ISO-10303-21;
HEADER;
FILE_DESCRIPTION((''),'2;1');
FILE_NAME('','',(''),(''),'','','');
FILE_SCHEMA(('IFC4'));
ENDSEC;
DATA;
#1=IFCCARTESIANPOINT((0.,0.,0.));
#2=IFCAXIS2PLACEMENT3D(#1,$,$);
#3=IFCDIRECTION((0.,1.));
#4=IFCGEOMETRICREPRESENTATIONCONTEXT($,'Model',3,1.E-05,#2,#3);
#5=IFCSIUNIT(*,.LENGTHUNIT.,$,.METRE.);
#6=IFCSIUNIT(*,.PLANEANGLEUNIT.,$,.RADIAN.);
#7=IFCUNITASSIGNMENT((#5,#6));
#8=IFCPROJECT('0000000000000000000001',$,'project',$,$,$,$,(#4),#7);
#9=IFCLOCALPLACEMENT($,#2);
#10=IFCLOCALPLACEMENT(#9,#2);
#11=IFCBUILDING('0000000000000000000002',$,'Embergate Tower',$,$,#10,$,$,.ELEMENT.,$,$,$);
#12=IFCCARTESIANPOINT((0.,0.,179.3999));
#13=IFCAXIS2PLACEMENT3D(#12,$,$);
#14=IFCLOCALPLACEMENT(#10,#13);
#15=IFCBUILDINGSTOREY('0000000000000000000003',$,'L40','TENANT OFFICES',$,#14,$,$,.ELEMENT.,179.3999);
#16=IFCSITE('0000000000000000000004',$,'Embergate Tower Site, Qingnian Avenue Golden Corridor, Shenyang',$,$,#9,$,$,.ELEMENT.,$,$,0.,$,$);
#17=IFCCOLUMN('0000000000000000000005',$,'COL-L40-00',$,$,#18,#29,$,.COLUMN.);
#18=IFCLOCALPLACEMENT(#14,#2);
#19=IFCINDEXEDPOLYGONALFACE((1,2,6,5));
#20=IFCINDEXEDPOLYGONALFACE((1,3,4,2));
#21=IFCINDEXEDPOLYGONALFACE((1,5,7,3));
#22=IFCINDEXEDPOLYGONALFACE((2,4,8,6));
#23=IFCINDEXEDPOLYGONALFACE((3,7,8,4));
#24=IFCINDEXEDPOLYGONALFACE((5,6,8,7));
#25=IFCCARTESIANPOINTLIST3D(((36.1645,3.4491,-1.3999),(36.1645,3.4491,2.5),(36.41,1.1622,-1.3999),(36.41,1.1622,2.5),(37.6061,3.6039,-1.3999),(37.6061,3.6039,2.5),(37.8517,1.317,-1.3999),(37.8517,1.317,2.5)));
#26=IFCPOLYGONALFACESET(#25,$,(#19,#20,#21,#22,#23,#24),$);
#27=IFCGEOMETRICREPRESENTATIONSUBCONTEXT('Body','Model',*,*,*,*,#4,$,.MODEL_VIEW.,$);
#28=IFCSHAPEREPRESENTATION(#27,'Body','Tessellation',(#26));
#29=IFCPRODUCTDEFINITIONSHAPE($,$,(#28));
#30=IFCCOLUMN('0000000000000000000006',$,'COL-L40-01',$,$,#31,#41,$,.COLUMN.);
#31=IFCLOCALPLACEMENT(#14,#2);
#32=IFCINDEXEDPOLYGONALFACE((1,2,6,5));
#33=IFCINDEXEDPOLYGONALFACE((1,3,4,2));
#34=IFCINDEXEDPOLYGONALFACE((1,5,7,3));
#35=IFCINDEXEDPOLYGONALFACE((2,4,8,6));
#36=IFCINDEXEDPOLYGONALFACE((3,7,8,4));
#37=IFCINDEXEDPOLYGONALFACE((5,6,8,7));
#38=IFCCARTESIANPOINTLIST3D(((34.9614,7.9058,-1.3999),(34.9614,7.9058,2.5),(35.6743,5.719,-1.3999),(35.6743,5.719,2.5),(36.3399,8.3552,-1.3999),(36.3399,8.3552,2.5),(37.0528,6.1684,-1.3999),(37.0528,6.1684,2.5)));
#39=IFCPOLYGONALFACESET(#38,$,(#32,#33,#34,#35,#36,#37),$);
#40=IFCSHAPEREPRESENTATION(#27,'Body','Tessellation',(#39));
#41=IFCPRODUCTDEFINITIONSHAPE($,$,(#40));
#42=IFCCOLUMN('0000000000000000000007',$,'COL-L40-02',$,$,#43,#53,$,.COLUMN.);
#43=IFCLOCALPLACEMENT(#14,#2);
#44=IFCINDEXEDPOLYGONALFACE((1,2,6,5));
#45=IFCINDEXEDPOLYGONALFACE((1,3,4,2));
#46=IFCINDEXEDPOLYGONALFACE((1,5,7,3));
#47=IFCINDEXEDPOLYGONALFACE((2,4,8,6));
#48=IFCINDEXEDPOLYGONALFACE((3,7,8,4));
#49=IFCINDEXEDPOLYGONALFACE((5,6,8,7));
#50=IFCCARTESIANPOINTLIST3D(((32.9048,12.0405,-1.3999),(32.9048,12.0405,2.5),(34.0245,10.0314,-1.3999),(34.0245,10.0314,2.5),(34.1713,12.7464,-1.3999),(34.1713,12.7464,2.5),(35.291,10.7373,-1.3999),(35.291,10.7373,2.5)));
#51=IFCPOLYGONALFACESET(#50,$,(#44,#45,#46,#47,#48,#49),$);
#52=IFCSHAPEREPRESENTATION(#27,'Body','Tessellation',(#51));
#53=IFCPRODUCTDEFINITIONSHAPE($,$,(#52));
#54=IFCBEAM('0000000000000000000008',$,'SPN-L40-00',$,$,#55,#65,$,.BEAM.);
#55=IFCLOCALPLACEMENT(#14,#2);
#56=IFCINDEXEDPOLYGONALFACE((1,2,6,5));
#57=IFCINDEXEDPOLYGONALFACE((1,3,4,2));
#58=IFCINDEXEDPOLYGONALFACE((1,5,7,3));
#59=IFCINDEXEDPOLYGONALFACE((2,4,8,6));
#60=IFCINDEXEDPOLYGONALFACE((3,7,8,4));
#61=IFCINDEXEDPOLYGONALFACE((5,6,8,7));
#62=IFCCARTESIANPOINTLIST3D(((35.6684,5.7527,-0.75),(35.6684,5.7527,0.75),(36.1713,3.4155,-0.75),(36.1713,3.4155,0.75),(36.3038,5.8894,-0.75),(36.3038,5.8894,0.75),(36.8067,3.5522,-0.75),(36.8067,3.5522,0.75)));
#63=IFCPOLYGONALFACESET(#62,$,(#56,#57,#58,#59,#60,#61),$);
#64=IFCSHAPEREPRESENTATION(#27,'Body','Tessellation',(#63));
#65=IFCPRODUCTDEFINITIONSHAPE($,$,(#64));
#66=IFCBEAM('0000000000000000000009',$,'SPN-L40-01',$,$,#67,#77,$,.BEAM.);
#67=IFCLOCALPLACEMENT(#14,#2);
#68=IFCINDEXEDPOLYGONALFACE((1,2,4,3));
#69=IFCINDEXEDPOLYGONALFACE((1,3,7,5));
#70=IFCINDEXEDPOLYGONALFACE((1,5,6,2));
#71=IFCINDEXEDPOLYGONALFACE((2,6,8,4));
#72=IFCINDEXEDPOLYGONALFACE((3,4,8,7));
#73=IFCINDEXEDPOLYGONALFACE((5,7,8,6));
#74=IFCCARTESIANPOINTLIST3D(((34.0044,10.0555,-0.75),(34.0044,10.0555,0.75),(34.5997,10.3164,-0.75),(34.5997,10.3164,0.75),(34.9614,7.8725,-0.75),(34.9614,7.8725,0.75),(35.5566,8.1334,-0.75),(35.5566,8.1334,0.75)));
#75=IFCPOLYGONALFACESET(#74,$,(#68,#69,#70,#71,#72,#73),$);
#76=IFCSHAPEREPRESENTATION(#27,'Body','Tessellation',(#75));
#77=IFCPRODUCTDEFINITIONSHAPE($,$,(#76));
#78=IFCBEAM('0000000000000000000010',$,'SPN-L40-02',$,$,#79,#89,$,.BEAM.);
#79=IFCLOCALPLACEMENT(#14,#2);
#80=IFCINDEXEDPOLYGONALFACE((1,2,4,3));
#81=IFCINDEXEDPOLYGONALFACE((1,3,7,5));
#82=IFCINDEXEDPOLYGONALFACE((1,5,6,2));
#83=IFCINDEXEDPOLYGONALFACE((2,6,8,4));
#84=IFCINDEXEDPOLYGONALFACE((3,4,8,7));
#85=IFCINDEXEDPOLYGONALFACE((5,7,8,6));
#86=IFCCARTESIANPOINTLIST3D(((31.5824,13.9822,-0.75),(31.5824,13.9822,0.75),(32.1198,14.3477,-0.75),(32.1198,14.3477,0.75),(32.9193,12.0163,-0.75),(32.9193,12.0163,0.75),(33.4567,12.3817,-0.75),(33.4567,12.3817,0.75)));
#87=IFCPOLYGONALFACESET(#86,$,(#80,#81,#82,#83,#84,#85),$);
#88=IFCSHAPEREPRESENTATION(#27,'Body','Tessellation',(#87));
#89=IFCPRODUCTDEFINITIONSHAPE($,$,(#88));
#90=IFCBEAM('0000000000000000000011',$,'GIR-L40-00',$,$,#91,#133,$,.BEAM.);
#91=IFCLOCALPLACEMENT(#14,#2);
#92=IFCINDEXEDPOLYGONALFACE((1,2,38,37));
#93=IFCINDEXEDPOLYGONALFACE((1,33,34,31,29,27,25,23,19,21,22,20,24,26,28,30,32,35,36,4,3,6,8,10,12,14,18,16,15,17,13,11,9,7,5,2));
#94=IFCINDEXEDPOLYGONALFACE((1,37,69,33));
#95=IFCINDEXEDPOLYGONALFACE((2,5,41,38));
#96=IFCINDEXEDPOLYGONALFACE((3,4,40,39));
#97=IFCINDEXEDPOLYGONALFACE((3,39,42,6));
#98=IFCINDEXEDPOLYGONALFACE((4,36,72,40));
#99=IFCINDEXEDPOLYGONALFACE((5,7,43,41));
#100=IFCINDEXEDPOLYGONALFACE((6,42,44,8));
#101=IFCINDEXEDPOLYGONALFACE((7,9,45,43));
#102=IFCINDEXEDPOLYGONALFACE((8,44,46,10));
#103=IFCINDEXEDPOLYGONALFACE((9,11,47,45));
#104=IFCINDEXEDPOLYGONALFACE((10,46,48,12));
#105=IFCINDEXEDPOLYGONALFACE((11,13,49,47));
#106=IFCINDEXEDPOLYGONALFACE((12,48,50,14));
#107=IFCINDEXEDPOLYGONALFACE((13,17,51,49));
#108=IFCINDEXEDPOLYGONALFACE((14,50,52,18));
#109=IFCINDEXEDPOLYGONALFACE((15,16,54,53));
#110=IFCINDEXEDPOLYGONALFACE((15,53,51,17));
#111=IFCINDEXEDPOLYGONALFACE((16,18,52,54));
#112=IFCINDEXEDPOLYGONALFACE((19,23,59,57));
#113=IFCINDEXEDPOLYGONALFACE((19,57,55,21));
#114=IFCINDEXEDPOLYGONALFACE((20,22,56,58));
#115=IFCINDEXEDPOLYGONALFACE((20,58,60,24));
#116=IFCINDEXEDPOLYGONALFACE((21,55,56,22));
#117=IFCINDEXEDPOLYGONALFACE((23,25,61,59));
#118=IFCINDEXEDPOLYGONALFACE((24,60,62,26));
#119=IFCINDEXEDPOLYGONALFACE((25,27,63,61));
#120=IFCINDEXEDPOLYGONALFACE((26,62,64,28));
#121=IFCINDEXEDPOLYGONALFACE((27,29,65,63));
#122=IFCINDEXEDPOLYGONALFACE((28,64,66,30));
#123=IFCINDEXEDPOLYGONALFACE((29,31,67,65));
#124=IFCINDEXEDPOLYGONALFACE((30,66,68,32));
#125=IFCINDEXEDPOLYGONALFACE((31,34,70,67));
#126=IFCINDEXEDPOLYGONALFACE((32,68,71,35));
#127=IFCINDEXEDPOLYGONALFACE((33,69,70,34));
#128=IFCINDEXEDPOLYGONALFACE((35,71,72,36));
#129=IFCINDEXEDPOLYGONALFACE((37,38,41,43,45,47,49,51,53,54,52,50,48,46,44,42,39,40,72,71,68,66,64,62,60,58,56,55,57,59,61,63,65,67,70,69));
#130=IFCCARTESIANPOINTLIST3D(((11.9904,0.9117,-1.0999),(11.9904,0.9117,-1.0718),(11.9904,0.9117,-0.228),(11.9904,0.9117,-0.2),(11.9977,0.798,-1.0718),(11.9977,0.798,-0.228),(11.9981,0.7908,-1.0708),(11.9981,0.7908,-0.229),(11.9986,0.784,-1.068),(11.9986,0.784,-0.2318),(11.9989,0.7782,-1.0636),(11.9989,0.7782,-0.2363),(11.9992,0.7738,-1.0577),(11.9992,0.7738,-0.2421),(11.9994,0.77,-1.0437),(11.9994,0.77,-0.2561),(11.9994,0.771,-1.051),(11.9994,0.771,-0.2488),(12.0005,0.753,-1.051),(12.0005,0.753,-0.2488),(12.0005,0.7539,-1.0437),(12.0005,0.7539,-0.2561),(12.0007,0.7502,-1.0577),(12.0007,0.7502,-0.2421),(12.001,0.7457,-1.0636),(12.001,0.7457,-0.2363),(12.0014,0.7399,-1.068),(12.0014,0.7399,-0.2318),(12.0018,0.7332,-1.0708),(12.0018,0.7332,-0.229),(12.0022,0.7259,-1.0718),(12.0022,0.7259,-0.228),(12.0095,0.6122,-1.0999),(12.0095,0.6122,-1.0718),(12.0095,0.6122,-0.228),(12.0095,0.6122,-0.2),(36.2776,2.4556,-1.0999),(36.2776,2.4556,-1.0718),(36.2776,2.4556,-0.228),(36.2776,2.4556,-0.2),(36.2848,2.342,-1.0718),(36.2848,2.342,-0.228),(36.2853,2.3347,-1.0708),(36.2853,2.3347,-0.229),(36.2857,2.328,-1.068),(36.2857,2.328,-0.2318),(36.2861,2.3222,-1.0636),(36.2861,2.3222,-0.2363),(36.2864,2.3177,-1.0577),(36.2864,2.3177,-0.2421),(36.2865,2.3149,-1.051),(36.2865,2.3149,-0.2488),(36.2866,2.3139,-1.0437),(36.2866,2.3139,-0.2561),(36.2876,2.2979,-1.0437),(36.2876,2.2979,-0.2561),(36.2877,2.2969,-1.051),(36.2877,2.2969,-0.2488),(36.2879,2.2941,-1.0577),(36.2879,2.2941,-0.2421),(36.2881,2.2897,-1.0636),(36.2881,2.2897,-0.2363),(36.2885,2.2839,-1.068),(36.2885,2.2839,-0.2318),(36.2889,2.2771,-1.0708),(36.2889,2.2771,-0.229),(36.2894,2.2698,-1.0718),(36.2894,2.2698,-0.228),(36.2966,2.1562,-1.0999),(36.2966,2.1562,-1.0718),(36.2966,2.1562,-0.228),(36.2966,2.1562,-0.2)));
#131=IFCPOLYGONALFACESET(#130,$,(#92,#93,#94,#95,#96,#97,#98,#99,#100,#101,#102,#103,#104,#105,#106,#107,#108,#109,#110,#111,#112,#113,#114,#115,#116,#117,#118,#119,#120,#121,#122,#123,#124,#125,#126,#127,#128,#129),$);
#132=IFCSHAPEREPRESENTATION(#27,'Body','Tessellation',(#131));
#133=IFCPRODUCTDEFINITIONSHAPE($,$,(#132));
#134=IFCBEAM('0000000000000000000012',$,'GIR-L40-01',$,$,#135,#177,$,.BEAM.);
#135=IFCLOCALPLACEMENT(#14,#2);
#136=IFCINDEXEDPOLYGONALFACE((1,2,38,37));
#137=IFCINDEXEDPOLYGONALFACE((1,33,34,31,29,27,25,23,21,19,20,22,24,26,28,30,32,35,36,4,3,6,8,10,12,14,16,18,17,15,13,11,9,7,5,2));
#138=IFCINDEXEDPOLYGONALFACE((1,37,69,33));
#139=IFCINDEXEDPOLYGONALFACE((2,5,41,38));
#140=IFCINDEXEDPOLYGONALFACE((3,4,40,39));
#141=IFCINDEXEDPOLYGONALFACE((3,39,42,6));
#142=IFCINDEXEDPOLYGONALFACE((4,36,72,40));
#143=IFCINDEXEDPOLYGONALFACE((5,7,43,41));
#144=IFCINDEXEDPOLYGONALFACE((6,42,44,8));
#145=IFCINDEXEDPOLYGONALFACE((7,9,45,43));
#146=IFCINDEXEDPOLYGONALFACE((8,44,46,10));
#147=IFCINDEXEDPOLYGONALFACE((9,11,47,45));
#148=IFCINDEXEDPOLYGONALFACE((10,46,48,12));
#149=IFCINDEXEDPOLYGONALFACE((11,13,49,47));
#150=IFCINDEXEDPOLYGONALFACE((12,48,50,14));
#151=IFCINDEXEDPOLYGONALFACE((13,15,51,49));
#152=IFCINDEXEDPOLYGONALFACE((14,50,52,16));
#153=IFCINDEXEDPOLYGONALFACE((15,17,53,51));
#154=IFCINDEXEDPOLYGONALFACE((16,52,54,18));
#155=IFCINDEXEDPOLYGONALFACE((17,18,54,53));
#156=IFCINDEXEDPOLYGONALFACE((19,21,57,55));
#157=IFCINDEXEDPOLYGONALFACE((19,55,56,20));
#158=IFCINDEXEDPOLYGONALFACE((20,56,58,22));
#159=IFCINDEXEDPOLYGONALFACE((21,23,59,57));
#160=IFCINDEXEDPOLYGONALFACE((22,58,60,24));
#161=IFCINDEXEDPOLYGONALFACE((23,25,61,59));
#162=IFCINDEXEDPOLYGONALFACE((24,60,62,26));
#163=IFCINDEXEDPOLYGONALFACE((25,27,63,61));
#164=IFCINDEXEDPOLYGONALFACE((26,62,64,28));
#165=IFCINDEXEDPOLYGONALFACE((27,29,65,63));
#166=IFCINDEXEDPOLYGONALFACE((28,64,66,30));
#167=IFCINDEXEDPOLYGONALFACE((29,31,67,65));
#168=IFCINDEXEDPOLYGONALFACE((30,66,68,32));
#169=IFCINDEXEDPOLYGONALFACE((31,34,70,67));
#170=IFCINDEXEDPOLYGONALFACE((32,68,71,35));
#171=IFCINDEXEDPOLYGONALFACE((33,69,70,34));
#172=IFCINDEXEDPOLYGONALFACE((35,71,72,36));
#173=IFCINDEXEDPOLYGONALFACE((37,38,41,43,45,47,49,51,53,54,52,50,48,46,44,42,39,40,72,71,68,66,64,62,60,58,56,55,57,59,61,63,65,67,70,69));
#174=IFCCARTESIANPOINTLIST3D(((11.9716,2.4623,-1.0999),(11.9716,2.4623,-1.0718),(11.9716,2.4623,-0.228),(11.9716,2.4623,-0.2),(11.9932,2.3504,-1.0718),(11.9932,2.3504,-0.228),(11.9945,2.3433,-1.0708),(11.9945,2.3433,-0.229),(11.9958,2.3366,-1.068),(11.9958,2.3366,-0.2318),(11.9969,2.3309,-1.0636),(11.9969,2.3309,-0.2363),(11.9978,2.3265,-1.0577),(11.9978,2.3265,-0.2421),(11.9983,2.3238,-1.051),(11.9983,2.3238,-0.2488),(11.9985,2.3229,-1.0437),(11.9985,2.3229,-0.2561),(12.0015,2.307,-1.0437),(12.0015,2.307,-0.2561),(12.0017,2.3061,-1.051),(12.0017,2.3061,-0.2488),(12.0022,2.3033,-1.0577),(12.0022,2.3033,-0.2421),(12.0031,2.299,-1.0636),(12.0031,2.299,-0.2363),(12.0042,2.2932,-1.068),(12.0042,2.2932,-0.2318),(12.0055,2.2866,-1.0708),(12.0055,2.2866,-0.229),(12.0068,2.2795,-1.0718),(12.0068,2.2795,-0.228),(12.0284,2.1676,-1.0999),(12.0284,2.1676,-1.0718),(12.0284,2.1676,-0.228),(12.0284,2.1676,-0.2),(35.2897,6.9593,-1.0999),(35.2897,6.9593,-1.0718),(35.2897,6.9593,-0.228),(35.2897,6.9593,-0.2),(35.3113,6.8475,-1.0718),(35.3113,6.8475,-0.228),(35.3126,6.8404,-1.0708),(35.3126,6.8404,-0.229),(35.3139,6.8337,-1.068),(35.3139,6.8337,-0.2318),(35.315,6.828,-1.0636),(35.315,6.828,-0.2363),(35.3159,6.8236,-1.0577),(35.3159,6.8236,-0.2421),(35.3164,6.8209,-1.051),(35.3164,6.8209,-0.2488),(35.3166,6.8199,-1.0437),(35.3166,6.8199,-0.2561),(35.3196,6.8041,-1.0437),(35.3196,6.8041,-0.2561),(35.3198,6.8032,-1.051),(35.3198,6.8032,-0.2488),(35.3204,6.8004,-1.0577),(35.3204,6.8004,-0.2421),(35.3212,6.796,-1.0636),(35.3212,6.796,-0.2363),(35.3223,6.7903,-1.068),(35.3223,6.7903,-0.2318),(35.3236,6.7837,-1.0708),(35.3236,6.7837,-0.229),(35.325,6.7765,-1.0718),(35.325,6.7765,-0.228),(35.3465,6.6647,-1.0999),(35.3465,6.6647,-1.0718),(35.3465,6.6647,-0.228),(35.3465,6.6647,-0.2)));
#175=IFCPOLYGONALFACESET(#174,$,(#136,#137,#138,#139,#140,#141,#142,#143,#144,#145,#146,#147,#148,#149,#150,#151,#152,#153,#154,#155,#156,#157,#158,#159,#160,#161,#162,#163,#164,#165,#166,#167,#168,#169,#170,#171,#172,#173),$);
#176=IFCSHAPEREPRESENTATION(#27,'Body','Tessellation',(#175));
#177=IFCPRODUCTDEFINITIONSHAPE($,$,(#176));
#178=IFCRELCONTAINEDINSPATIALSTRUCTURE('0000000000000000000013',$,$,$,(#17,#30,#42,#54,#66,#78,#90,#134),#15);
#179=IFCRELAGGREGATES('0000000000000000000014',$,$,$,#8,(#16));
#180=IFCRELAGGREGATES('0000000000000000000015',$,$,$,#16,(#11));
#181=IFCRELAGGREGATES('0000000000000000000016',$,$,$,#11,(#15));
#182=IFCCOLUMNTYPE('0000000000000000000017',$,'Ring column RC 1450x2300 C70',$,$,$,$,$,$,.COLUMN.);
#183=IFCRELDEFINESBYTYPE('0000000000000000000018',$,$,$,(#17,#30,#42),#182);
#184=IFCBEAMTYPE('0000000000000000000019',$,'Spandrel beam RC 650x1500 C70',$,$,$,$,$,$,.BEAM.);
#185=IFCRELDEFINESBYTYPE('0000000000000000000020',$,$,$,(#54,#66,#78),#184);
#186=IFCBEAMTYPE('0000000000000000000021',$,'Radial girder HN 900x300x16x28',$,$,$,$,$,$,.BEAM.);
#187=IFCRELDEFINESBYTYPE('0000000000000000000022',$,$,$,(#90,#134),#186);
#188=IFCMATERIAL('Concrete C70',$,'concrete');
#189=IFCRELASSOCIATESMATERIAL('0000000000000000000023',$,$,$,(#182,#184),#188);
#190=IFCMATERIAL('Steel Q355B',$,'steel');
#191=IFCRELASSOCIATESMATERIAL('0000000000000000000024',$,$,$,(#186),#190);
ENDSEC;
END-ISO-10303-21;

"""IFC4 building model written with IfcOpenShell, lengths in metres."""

from ifc_helpers import new_model, si_unit, direction, frame, origin, origin_2d, place, context, subcontext, project, spatial, rectangle, i_section, extrude, source, transform, mapped, material, material_profile, profile_set, type_object, element, save


model = new_model("IFC4")

# Units and contexts
model_context = context("Model", 3, precision=1e-05, world=origin(), true_north=direction((0.0, 1.0)))
body_context = subcontext(model_context, "Body", "Model", "MODEL_VIEW")
ifc_project = project(units=[si_unit("LENGTHUNIT", "METRE"), si_unit("PLANEANGLEUNIT", "RADIAN")], contexts=[model_context])

# Site, building, storey
site_placement = place(None, origin())
site = spatial("IfcSite", under=ifc_project, at=site_placement, Name="Embergate Tower Site, Qingnian Avenue Golden Corridor, Shenyang", CompositionType="ELEMENT", RefElevation=0.0)
building_placement = place(site_placement, origin())
building = spatial("IfcBuilding", under=site, at=building_placement, Name="Embergate Tower", CompositionType="ELEMENT")
storey_placement = place(building_placement, frame((0.0, 0.0, 179.3999)))
storey = spatial("IfcBuildingStorey", under=building, at=storey_placement, Name="L40", Description="TENANT OFFICES", CompositionType="ELEMENT", Elevation=179.3999)

# Columns
ifc_material_1 = material(Name="Concrete C70", Category="concrete")
ifc_material_profile_1 = material_profile(ifc_material_1, rectangle(XDim=1.45, YDim=2.3, at=origin_2d()), Name="RC 1450x2300")
ifc_profile_set_1 = profile_set([ifc_material_profile_1], Name="Concrete C70")
column_type = type_object("IfcColumnType", Name="Ring column RC 1450x2300 C70", PredefinedType="COLUMN", material=ifc_profile_set_1)
shared_shape_1 = source(origin(), body_context, "Body", "SweptSolid", [
    extrude(rectangle(XDim=1.45, YDim=2.3, at=origin_2d()), origin(), (0.0, 0.0, 1.0), 3.8999),
])
for number, where, z_axis, x_axis, name in (
    (1, (37.0081, 2.3831, -1.3999), (0.0, 0.0, 1.0), (0.994286, 0.10675, 0.0), "COL-L40-00"),
    (2, (36.0071, 7.0371, -1.3999), (0.0, 0.0, 1.0), (0.950754, 0.309946, 0.0), "COL-L40-01"),
    (3, (34.0979, 11.3889, -1.3999), (0.0, 0.0, 1.0), (0.873492, 0.486839, 0.0), "COL-L40-02"),
):
    element("IfcColumn", number, at=place(storey_placement, frame(where, z_axis=z_axis, x_axis=x_axis)), inside=storey, type_object=column_type, Name=name, PredefinedType="COLUMN", context=body_context, shape_type="MappedRepresentation", body=[
        mapped(shared_shape_1, transform((0.0, 0.0, 0.0))),
    ])

# Beams
ifc_material_profile_2 = material_profile(ifc_material_1, rectangle(XDim=0.6499, YDim=1.5, at=origin_2d()), Name="RC 650x1500")
ifc_profile_set_2 = profile_set([ifc_material_profile_2], Name="Concrete C70")
beam_type_1 = type_object("IfcBeamType", Name="Spandrel beam RC 650x1500 C70", PredefinedType="BEAM", material=ifc_profile_set_2)
shared_shape_2 = source(origin(), body_context, "Body", "SweptSolid", [
    extrude(rectangle(XDim=0.6499, YDim=1.5, at=origin_2d()), origin(), (0.0, 0.0, 1.0), 2.3906),
])
beam_1_placement = place(storey_placement, frame((36.489, 3.4839, 0.0), z_axis=(-0.210373, 0.977621, 0.0), x_axis=(-0.977621, -0.210373, 0.0)))
element("IfcBeam", 4, at=beam_1_placement, inside=storey, type_object=beam_type_1, Name="SPN-L40-00", PredefinedType="BEAM", context=body_context, shape_type="MappedRepresentation", body=[
    mapped(shared_shape_2, transform((0.0, 0.0, 0.0))),
])
shared_shape_3 = source(origin(), body_context, "Body", "SweptSolid", [
    extrude(rectangle(XDim=0.6499, YDim=1.5, at=origin_2d()), origin(), (0.0, 0.0, 1.0), 2.3835),
])
beam_2_placement = place(storey_placement, frame((35.259, 8.0029, 0.0), z_axis=(-0.401496, 0.915861, 0.0), x_axis=(-0.915861, -0.401496, 0.0)))
element("IfcBeam", 5, at=beam_2_placement, inside=storey, type_object=beam_type_1, Name="SPN-L40-01", PredefinedType="BEAM", context=body_context, shape_type="MappedRepresentation", body=[
    mapped(shared_shape_3, transform((0.0, 0.0, 0.0))),
])
shared_shape_4 = source(origin(), body_context, "Body", "SweptSolid", [
    extrude(rectangle(XDim=0.6499, YDim=1.5, at=origin_2d()), origin(), (0.0, 0.0, 1.0), 2.3774),
])
beam_3_placement = place(storey_placement, frame((33.188, 12.199, 0.0), z_axis=(-0.562307, 0.826928, 0.0), x_axis=(-0.826928, -0.562307, 0.0)))
element("IfcBeam", 6, at=beam_3_placement, inside=storey, type_object=beam_type_1, Name="SPN-L40-02", PredefinedType="BEAM", context=body_context, shape_type="MappedRepresentation", body=[
    mapped(shared_shape_4, transform((0.0, 0.0, 0.0))),
])
ifc_material_2 = material(Name="Steel Q355B", Category="steel")
ifc_material_profile_3 = material_profile(ifc_material_2, i_section(OverallWidth=0.3, OverallDepth=0.8999, WebThickness=0.0161, FlangeThickness=0.0281, FilletRadius=0.0281, at=origin_2d()), Name="HN 900x300x16x28")
ifc_profile_set_3 = profile_set([ifc_material_profile_3], Name="Steel Q355 grade B")
beam_type_2 = type_object("IfcBeamType", Name="Radial girder HN 900x300x16x28", PredefinedType="BEAM", material=ifc_profile_set_3)
shared_shape_5 = source(origin(), body_context, "Body", "SweptSolid", [
    extrude(i_section(OverallWidth=0.3, OverallDepth=0.8999, WebThickness=0.0161, FlangeThickness=0.0281, FilletRadius=0.0281, at=origin_2d()), origin(), (0.0, 0.0, 1.0), 24.3362),
])
beam_4_placement = place(storey_placement, frame((36.2871, 2.3059, -0.6499), z_axis=(-0.997985, -0.063443, 0.0), x_axis=(0.063443, -0.997985, 0.0)))
element("IfcBeam", 7, at=beam_4_placement, inside=storey, type_object=beam_type_2, Name="GIR-L40-00", PredefinedType="BEAM", context=body_context, shape_type="MappedRepresentation", body=[
    mapped(shared_shape_5, transform((0.0, 0.0, 0.0))),
])
shared_shape_6 = source(origin(), body_context, "Body", "SweptSolid", [
    extrude(i_section(OverallWidth=0.3, OverallDepth=0.8999, WebThickness=0.0161, FlangeThickness=0.0281, FilletRadius=0.0281, at=origin_2d()), origin(), (0.0, 0.0, 1.0), 23.7478),
])
beam_5_placement = place(storey_placement, frame((35.3181, 6.812, -0.6499), z_axis=(-0.981906, -0.189368, 0.0), x_axis=(0.189368, -0.981906, 0.0)))
element("IfcBeam", 8, at=beam_5_placement, inside=storey, type_object=beam_type_2, Name="GIR-L40-01", PredefinedType="BEAM", context=body_context, shape_type="MappedRepresentation", body=[
    mapped(shared_shape_6, transform((0.0, 0.0, 0.0))),
])

save(model, "model.ifc")
